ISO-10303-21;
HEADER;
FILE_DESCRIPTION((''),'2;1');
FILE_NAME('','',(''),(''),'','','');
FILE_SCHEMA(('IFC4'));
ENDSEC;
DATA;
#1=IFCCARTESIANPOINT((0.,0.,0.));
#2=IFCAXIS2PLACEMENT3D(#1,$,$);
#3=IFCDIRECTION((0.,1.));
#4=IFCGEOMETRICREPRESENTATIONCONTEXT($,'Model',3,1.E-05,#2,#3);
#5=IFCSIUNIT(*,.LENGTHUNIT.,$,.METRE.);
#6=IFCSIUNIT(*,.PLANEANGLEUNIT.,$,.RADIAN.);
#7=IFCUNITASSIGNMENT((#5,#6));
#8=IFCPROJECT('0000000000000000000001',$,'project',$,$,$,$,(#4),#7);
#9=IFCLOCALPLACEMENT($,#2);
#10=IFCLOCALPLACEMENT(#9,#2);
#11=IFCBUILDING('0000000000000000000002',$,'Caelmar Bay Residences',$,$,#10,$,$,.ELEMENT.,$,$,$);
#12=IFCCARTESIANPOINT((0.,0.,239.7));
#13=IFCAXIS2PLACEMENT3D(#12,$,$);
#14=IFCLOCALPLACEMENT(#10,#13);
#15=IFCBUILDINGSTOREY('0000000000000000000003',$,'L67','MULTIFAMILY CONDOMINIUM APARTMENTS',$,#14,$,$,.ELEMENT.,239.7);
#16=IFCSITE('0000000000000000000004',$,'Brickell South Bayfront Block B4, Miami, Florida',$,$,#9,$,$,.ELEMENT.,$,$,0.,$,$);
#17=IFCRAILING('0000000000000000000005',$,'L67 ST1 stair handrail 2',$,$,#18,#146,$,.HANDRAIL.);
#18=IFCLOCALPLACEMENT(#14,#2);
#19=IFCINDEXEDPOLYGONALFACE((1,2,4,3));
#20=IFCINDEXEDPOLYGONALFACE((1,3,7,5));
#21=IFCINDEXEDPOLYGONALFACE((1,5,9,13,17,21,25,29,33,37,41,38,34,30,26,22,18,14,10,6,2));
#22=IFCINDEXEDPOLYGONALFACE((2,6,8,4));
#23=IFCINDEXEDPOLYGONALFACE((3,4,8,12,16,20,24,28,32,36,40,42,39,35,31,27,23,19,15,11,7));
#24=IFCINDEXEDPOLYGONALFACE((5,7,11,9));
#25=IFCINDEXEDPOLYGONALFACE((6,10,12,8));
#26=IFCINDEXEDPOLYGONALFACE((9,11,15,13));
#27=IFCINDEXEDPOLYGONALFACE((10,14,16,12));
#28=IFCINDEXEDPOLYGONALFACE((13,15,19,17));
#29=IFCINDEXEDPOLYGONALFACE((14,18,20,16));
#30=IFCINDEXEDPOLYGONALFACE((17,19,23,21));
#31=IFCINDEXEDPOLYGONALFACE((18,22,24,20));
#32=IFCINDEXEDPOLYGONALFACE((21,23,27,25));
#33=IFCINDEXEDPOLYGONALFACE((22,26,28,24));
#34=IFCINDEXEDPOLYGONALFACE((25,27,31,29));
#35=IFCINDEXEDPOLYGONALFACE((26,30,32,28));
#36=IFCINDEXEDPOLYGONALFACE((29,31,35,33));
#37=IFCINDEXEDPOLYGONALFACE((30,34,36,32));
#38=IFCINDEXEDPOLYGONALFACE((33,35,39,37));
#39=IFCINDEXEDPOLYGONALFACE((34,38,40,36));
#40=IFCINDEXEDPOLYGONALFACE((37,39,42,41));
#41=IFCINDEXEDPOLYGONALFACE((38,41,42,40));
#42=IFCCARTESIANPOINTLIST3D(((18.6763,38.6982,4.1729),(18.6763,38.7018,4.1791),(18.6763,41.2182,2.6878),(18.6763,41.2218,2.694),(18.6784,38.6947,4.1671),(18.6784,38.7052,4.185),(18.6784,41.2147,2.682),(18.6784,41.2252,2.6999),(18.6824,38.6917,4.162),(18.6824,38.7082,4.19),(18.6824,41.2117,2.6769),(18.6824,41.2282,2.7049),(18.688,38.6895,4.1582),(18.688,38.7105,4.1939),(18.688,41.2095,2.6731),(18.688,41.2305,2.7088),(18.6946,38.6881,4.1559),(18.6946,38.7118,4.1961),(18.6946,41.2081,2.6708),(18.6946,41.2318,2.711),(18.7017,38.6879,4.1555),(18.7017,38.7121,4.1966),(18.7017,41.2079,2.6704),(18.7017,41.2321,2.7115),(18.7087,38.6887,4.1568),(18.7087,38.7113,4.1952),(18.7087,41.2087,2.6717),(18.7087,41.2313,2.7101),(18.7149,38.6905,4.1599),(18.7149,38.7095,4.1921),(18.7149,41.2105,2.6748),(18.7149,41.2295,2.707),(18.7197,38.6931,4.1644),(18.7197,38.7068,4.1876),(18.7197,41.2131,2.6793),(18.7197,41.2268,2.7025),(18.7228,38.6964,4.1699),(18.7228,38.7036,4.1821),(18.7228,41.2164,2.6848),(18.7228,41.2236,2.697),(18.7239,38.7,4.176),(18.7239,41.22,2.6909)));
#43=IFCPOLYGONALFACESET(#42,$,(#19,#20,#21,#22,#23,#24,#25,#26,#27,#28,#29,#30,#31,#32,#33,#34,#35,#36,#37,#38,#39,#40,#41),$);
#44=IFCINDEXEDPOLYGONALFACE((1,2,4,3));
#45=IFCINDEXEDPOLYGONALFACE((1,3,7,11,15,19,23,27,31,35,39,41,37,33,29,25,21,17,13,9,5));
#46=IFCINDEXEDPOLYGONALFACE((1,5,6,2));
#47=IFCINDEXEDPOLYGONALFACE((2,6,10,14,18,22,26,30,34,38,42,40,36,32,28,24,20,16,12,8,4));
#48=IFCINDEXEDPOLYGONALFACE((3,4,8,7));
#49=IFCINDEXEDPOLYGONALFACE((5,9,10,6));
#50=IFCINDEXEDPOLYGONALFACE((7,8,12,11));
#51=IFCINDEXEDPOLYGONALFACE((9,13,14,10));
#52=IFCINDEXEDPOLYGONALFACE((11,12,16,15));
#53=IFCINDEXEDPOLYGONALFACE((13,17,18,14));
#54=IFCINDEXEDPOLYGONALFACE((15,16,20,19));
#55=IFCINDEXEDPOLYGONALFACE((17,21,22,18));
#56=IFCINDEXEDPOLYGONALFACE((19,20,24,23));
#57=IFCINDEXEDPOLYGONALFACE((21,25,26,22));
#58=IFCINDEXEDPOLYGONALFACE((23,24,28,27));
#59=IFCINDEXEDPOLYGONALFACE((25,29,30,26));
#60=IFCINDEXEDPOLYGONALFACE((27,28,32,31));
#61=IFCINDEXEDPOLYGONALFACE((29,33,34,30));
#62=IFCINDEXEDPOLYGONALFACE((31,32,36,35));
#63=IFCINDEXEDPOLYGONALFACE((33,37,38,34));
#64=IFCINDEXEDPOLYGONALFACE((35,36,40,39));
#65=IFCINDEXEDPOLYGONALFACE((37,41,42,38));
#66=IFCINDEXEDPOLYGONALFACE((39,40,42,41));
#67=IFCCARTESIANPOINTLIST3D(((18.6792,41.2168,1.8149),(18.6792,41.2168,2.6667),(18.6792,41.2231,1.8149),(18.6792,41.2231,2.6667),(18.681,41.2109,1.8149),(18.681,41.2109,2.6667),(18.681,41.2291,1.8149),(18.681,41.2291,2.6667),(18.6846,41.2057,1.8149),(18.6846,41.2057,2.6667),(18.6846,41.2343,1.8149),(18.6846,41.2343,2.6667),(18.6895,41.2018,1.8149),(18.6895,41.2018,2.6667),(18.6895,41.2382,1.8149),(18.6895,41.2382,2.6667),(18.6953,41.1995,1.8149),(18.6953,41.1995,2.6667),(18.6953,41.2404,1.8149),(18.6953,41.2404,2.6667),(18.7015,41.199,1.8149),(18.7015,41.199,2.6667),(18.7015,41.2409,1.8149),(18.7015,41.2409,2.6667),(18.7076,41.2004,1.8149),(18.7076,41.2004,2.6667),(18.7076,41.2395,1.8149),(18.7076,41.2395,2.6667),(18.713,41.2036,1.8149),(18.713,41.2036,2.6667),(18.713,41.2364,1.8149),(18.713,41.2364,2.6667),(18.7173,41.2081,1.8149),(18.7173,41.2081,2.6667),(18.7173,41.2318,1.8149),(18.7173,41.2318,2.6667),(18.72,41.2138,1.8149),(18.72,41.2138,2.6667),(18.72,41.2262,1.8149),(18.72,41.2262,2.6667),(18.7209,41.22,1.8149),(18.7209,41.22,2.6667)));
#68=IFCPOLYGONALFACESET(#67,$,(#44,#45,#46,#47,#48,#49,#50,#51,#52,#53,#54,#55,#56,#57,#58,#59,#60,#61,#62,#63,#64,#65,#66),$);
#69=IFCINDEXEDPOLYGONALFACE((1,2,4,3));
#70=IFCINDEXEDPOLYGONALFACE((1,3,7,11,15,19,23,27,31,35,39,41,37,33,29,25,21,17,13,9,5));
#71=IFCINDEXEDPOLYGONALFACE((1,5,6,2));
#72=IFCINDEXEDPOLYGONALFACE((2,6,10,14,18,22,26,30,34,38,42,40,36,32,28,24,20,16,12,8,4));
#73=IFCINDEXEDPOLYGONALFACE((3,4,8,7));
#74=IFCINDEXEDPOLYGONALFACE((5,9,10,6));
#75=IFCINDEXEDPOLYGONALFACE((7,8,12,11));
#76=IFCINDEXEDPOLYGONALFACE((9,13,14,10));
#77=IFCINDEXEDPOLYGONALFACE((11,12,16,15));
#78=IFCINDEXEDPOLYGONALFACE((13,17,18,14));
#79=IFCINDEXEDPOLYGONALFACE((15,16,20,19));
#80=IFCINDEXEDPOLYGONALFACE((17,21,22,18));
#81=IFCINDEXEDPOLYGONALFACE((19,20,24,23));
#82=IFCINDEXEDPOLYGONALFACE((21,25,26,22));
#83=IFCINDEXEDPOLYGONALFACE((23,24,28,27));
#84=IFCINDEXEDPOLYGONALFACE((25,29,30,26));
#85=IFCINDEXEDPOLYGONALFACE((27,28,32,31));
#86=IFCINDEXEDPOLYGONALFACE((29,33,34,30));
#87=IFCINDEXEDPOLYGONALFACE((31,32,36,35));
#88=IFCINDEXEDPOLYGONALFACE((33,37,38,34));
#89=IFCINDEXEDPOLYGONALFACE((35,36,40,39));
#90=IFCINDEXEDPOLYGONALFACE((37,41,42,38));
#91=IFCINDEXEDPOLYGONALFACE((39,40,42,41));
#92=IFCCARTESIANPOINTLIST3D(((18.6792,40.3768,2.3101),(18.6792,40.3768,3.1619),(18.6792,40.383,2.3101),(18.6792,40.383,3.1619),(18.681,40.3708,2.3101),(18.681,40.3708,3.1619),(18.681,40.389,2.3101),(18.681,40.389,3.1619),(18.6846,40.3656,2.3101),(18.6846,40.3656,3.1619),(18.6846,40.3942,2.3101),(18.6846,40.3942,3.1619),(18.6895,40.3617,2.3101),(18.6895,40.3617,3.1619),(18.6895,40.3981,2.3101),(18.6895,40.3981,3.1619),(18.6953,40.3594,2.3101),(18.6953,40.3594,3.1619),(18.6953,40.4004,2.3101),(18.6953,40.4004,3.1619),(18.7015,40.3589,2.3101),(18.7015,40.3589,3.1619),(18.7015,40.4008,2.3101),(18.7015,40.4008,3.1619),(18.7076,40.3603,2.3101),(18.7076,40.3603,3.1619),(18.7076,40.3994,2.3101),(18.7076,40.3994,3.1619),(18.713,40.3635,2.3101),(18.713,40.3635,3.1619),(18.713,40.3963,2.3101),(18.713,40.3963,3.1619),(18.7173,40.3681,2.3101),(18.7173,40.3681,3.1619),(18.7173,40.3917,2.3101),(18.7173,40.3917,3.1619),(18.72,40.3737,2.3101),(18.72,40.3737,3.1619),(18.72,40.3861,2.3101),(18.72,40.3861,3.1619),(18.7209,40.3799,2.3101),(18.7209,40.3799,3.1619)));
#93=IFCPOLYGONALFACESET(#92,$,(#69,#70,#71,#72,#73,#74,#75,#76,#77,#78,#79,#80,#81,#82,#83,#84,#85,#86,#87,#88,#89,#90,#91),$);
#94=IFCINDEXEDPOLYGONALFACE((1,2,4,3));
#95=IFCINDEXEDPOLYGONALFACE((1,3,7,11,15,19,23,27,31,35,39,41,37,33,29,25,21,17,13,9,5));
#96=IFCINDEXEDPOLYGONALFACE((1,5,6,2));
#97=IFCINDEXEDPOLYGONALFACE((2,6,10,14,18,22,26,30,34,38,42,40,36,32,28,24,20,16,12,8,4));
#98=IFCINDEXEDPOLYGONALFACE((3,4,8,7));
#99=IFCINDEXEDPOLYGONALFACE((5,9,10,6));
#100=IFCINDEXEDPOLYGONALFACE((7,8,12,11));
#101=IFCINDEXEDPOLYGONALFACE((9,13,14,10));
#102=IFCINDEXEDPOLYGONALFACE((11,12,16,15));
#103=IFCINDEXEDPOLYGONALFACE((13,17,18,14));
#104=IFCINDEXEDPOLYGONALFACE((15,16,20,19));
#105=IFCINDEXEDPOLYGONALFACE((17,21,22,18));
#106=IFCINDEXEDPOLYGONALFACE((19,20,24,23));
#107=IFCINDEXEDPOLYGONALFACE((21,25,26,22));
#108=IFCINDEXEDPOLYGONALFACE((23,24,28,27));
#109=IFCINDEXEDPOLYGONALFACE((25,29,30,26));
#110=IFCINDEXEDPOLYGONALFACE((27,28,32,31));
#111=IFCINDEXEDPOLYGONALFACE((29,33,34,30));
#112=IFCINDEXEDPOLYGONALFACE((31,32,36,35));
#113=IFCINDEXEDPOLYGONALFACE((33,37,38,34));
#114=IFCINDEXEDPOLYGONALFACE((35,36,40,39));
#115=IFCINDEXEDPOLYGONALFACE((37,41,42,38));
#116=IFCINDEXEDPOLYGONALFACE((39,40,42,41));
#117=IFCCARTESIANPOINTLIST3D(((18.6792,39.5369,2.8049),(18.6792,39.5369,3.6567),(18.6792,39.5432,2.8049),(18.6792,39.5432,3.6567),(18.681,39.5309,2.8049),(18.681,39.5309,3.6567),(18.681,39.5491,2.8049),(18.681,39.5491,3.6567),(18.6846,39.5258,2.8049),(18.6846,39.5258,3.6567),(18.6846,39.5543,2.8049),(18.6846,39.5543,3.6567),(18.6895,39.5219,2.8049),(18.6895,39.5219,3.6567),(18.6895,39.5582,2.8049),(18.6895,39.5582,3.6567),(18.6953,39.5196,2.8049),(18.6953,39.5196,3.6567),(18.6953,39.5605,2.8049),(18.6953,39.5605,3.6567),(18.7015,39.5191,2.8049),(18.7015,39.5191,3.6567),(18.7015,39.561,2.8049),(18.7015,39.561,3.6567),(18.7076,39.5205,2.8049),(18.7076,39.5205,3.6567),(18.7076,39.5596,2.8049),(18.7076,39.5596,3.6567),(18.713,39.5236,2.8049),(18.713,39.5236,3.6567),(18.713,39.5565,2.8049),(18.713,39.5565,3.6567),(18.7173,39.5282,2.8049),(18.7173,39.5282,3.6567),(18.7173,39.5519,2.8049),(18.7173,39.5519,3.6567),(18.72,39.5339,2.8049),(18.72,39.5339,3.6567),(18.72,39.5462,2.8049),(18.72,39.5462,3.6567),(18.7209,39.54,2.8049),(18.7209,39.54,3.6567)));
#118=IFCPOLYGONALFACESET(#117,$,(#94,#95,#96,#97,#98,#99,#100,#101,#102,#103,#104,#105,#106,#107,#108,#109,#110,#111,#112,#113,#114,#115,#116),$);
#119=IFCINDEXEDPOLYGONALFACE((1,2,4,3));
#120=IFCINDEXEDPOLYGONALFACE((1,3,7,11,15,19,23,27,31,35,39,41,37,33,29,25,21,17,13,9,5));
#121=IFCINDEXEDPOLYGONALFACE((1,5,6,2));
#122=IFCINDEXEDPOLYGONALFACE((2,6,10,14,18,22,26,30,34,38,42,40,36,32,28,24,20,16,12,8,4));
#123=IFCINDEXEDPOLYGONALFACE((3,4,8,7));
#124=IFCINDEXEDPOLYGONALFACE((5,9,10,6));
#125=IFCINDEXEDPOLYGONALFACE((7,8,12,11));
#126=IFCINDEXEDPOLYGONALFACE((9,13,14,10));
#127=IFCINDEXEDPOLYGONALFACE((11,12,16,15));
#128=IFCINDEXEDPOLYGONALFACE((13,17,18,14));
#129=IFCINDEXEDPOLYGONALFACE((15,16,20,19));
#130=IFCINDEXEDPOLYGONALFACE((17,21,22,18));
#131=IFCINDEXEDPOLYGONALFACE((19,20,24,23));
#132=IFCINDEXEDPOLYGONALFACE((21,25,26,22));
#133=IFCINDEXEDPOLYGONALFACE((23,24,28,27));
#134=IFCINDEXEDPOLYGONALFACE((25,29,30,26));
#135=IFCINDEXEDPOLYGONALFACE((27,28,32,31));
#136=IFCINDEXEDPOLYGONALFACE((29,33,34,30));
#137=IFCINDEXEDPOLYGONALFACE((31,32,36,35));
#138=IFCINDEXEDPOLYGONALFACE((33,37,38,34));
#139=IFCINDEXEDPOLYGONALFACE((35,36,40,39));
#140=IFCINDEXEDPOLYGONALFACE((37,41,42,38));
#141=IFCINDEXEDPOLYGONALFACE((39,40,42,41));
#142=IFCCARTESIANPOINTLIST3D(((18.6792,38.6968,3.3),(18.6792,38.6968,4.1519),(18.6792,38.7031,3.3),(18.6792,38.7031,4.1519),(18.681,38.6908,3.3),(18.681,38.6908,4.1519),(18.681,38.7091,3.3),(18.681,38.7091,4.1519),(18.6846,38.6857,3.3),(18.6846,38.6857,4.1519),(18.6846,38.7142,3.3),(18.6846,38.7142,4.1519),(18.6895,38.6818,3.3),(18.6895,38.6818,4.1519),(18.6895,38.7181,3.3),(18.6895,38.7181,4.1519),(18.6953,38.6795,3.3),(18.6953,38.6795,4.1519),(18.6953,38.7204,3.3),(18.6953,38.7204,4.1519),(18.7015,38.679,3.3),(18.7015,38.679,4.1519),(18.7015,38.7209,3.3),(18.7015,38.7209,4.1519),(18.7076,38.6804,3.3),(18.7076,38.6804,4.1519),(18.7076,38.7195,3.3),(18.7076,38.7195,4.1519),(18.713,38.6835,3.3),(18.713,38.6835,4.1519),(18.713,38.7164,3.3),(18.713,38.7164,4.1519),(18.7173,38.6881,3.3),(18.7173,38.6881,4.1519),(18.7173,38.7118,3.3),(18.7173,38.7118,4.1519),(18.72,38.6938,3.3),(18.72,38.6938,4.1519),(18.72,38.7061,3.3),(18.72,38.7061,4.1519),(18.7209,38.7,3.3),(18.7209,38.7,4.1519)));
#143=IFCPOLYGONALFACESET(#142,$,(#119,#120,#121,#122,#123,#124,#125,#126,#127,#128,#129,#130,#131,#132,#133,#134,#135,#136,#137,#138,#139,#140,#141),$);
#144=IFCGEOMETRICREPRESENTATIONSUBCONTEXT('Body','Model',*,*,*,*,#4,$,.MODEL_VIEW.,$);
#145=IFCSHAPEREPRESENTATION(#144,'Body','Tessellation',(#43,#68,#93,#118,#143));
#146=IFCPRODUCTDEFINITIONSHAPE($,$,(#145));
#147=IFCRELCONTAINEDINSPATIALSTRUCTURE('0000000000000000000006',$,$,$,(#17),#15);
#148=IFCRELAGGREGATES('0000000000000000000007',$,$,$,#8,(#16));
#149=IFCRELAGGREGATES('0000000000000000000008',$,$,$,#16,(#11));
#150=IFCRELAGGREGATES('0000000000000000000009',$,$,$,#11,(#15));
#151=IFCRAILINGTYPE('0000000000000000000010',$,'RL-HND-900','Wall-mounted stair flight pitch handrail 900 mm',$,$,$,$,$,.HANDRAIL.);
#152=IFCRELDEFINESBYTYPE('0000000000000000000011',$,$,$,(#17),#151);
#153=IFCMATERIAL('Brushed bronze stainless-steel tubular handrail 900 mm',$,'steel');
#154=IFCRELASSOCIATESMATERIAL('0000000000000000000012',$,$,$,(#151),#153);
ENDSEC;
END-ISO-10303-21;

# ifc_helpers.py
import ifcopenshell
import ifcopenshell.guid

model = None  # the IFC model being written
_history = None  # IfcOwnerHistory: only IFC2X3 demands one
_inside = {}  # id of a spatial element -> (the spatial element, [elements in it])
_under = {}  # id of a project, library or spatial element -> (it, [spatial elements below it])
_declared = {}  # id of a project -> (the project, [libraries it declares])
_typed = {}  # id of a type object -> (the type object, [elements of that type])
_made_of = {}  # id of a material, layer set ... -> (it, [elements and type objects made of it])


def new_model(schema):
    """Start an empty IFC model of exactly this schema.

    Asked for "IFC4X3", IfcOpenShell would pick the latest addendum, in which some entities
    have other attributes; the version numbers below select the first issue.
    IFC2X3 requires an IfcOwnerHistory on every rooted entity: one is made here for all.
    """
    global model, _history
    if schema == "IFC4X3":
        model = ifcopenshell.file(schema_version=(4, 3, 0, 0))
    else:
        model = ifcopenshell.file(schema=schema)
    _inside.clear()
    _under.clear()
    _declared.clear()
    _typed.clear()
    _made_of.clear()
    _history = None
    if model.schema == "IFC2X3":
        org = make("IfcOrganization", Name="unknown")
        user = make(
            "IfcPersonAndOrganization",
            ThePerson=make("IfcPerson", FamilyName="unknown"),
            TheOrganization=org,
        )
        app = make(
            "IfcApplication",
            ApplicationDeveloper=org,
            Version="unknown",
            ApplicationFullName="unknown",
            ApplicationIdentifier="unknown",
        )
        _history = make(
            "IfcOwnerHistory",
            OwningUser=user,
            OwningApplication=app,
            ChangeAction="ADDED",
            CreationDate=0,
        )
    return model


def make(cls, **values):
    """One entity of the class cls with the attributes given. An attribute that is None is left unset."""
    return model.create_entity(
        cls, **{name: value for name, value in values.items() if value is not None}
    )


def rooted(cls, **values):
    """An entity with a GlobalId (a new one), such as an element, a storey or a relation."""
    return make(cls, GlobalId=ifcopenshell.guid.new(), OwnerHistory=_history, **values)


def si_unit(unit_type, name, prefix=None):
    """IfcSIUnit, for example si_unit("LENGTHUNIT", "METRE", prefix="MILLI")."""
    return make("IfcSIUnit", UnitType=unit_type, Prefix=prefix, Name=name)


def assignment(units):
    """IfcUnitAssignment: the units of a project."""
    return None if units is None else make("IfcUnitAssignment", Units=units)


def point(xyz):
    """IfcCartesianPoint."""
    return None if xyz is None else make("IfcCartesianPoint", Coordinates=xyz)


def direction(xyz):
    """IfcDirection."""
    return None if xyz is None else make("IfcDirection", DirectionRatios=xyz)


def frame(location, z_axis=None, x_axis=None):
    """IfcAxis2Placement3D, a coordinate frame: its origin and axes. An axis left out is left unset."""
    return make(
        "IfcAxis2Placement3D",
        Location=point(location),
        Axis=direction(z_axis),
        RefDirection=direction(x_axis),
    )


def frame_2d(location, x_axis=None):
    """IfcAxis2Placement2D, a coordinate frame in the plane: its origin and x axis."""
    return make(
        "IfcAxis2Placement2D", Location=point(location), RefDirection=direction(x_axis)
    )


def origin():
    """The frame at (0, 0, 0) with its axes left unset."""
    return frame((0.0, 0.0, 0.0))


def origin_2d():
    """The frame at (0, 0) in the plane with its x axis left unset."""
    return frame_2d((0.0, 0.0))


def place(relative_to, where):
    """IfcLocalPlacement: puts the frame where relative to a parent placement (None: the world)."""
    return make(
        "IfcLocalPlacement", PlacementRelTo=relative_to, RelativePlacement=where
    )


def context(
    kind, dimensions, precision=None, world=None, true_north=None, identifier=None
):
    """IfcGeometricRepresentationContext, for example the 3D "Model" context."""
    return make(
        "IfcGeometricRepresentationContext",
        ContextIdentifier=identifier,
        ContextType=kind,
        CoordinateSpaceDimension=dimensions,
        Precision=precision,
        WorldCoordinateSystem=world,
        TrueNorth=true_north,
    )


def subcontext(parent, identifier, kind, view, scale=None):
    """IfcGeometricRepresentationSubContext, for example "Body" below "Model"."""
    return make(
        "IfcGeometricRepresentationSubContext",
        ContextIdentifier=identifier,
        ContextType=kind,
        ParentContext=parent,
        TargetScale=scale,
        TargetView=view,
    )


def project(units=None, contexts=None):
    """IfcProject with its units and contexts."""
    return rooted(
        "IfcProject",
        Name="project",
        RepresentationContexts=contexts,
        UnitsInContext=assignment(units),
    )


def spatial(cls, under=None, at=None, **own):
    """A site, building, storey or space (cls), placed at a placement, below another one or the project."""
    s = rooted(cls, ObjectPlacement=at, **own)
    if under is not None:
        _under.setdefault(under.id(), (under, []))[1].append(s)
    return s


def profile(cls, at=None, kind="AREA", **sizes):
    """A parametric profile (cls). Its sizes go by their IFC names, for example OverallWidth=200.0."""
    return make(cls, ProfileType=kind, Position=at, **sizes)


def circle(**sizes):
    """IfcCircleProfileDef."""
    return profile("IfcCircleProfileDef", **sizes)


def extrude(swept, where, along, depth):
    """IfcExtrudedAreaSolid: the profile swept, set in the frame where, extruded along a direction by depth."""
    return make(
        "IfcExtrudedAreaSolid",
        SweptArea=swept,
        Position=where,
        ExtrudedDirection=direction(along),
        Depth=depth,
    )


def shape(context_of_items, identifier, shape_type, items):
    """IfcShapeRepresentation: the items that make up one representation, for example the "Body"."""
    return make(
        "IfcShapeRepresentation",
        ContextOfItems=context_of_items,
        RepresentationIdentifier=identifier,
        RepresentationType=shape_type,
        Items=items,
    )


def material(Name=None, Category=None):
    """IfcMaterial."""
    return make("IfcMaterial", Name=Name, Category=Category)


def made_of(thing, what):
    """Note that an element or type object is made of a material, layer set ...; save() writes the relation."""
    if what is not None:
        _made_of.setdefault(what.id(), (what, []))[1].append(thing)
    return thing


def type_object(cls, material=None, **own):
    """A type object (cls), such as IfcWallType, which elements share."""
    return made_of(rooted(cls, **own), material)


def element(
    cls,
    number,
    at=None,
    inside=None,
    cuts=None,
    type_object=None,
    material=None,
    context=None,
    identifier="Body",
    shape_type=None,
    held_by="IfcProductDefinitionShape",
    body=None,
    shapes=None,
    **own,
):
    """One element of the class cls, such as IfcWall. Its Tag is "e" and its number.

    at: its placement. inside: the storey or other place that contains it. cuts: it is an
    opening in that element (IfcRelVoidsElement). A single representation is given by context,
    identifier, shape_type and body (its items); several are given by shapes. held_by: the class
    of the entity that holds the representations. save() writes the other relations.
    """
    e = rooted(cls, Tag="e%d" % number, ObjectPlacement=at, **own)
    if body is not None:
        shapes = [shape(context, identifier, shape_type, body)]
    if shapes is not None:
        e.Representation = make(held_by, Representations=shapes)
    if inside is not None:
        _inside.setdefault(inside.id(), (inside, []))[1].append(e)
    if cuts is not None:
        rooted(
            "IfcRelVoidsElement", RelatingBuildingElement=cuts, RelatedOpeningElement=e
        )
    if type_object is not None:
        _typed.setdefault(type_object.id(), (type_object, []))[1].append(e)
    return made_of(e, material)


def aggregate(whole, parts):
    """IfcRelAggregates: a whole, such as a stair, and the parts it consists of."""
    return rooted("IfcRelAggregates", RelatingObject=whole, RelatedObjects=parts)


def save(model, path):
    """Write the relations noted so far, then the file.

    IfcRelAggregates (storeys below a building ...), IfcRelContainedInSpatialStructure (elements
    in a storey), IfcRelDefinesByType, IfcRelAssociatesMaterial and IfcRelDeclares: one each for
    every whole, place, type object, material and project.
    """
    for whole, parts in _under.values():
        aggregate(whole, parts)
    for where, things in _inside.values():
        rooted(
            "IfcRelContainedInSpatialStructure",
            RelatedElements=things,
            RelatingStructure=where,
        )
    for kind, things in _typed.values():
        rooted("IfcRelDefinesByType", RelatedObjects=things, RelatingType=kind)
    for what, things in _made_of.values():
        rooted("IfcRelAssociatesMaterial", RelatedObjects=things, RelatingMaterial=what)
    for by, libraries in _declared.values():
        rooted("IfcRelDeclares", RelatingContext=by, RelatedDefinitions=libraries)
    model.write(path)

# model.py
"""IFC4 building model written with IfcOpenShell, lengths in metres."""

from ifc_helpers import new_model, si_unit, direction, frame, origin, origin_2d, place, context, subcontext, project, spatial, circle, extrude, material, type_object, element, save


model = new_model("IFC4")

# Units and contexts
model_context = context("Model", 3, precision=1e-05, world=origin(), true_north=direction((0.0, 1.0)))
body_context = subcontext(model_context, "Body", "Model", "MODEL_VIEW")
ifc_project = project(units=[si_unit("LENGTHUNIT", "METRE"), si_unit("PLANEANGLEUNIT", "RADIAN")], contexts=[model_context])

# Site, building, storey
site_placement = place(None, origin())
site = spatial("IfcSite", under=ifc_project, at=site_placement, Name="Brickell South Bayfront Block B4, Miami, Florida", CompositionType="ELEMENT", RefElevation=0.0)
building_placement = place(site_placement, origin())
building = spatial("IfcBuilding", under=site, at=building_placement, Name="Caelmar Bay Residences", CompositionType="ELEMENT")
storey_placement = place(building_placement, frame((0.0, 0.0, 239.7)))
storey = spatial("IfcBuildingStorey", under=building, at=storey_placement, Name="L67", Description="MULTIFAMILY CONDOMINIUM APARTMENTS", CompositionType="ELEMENT", Elevation=239.7)

# Railing
ifc_material_1 = material(Name="Brushed bronze stainless-steel tubular handrail 900 mm", Category="steel")
railing_type_1 = type_object("IfcRailingType", Name="RL-HND-900", Description="Wall-mounted stair flight pitch handrail 900 mm", PredefinedType="HANDRAIL", material=ifc_material_1)
railing_1_placement = place(storey_placement, frame((18.7, 41.22, 1.8149)))
element("IfcRailing", 1, at=railing_1_placement, inside=storey, type_object=railing_type_1, Name="L67 ST1 stair handrail 2", PredefinedType="HANDRAIL", context=body_context, shape_type="SweptSolid", body=[
    extrude(circle(Radius=0.0239, at=origin_2d()), frame((0.0, 0.0, 0.876), z_axis=(0.0, -0.861524, 0.507717), x_axis=(1.0, 0.0, 0.0)), (0.0, 0.0, 1.0), 2.925),
    extrude(circle(Radius=0.021, at=origin_2d()), origin(), (0.0, 0.0, 1.0), 0.8518),
    extrude(circle(Radius=0.021, at=origin_2d()), frame((0.0, -0.8401, 0.4951)), (0.0, 0.0, 1.0), 0.8518),
    extrude(circle(Radius=0.021, at=origin_2d()), frame((0.0, -1.6799, 0.99)), (0.0, 0.0, 1.0), 0.8518),
    extrude(circle(Radius=0.021, at=origin_2d()), frame((0.0, -2.52, 1.4851)), (0.0, 0.0, 1.0), 0.8518),
])

save(model, "model.ifc")
